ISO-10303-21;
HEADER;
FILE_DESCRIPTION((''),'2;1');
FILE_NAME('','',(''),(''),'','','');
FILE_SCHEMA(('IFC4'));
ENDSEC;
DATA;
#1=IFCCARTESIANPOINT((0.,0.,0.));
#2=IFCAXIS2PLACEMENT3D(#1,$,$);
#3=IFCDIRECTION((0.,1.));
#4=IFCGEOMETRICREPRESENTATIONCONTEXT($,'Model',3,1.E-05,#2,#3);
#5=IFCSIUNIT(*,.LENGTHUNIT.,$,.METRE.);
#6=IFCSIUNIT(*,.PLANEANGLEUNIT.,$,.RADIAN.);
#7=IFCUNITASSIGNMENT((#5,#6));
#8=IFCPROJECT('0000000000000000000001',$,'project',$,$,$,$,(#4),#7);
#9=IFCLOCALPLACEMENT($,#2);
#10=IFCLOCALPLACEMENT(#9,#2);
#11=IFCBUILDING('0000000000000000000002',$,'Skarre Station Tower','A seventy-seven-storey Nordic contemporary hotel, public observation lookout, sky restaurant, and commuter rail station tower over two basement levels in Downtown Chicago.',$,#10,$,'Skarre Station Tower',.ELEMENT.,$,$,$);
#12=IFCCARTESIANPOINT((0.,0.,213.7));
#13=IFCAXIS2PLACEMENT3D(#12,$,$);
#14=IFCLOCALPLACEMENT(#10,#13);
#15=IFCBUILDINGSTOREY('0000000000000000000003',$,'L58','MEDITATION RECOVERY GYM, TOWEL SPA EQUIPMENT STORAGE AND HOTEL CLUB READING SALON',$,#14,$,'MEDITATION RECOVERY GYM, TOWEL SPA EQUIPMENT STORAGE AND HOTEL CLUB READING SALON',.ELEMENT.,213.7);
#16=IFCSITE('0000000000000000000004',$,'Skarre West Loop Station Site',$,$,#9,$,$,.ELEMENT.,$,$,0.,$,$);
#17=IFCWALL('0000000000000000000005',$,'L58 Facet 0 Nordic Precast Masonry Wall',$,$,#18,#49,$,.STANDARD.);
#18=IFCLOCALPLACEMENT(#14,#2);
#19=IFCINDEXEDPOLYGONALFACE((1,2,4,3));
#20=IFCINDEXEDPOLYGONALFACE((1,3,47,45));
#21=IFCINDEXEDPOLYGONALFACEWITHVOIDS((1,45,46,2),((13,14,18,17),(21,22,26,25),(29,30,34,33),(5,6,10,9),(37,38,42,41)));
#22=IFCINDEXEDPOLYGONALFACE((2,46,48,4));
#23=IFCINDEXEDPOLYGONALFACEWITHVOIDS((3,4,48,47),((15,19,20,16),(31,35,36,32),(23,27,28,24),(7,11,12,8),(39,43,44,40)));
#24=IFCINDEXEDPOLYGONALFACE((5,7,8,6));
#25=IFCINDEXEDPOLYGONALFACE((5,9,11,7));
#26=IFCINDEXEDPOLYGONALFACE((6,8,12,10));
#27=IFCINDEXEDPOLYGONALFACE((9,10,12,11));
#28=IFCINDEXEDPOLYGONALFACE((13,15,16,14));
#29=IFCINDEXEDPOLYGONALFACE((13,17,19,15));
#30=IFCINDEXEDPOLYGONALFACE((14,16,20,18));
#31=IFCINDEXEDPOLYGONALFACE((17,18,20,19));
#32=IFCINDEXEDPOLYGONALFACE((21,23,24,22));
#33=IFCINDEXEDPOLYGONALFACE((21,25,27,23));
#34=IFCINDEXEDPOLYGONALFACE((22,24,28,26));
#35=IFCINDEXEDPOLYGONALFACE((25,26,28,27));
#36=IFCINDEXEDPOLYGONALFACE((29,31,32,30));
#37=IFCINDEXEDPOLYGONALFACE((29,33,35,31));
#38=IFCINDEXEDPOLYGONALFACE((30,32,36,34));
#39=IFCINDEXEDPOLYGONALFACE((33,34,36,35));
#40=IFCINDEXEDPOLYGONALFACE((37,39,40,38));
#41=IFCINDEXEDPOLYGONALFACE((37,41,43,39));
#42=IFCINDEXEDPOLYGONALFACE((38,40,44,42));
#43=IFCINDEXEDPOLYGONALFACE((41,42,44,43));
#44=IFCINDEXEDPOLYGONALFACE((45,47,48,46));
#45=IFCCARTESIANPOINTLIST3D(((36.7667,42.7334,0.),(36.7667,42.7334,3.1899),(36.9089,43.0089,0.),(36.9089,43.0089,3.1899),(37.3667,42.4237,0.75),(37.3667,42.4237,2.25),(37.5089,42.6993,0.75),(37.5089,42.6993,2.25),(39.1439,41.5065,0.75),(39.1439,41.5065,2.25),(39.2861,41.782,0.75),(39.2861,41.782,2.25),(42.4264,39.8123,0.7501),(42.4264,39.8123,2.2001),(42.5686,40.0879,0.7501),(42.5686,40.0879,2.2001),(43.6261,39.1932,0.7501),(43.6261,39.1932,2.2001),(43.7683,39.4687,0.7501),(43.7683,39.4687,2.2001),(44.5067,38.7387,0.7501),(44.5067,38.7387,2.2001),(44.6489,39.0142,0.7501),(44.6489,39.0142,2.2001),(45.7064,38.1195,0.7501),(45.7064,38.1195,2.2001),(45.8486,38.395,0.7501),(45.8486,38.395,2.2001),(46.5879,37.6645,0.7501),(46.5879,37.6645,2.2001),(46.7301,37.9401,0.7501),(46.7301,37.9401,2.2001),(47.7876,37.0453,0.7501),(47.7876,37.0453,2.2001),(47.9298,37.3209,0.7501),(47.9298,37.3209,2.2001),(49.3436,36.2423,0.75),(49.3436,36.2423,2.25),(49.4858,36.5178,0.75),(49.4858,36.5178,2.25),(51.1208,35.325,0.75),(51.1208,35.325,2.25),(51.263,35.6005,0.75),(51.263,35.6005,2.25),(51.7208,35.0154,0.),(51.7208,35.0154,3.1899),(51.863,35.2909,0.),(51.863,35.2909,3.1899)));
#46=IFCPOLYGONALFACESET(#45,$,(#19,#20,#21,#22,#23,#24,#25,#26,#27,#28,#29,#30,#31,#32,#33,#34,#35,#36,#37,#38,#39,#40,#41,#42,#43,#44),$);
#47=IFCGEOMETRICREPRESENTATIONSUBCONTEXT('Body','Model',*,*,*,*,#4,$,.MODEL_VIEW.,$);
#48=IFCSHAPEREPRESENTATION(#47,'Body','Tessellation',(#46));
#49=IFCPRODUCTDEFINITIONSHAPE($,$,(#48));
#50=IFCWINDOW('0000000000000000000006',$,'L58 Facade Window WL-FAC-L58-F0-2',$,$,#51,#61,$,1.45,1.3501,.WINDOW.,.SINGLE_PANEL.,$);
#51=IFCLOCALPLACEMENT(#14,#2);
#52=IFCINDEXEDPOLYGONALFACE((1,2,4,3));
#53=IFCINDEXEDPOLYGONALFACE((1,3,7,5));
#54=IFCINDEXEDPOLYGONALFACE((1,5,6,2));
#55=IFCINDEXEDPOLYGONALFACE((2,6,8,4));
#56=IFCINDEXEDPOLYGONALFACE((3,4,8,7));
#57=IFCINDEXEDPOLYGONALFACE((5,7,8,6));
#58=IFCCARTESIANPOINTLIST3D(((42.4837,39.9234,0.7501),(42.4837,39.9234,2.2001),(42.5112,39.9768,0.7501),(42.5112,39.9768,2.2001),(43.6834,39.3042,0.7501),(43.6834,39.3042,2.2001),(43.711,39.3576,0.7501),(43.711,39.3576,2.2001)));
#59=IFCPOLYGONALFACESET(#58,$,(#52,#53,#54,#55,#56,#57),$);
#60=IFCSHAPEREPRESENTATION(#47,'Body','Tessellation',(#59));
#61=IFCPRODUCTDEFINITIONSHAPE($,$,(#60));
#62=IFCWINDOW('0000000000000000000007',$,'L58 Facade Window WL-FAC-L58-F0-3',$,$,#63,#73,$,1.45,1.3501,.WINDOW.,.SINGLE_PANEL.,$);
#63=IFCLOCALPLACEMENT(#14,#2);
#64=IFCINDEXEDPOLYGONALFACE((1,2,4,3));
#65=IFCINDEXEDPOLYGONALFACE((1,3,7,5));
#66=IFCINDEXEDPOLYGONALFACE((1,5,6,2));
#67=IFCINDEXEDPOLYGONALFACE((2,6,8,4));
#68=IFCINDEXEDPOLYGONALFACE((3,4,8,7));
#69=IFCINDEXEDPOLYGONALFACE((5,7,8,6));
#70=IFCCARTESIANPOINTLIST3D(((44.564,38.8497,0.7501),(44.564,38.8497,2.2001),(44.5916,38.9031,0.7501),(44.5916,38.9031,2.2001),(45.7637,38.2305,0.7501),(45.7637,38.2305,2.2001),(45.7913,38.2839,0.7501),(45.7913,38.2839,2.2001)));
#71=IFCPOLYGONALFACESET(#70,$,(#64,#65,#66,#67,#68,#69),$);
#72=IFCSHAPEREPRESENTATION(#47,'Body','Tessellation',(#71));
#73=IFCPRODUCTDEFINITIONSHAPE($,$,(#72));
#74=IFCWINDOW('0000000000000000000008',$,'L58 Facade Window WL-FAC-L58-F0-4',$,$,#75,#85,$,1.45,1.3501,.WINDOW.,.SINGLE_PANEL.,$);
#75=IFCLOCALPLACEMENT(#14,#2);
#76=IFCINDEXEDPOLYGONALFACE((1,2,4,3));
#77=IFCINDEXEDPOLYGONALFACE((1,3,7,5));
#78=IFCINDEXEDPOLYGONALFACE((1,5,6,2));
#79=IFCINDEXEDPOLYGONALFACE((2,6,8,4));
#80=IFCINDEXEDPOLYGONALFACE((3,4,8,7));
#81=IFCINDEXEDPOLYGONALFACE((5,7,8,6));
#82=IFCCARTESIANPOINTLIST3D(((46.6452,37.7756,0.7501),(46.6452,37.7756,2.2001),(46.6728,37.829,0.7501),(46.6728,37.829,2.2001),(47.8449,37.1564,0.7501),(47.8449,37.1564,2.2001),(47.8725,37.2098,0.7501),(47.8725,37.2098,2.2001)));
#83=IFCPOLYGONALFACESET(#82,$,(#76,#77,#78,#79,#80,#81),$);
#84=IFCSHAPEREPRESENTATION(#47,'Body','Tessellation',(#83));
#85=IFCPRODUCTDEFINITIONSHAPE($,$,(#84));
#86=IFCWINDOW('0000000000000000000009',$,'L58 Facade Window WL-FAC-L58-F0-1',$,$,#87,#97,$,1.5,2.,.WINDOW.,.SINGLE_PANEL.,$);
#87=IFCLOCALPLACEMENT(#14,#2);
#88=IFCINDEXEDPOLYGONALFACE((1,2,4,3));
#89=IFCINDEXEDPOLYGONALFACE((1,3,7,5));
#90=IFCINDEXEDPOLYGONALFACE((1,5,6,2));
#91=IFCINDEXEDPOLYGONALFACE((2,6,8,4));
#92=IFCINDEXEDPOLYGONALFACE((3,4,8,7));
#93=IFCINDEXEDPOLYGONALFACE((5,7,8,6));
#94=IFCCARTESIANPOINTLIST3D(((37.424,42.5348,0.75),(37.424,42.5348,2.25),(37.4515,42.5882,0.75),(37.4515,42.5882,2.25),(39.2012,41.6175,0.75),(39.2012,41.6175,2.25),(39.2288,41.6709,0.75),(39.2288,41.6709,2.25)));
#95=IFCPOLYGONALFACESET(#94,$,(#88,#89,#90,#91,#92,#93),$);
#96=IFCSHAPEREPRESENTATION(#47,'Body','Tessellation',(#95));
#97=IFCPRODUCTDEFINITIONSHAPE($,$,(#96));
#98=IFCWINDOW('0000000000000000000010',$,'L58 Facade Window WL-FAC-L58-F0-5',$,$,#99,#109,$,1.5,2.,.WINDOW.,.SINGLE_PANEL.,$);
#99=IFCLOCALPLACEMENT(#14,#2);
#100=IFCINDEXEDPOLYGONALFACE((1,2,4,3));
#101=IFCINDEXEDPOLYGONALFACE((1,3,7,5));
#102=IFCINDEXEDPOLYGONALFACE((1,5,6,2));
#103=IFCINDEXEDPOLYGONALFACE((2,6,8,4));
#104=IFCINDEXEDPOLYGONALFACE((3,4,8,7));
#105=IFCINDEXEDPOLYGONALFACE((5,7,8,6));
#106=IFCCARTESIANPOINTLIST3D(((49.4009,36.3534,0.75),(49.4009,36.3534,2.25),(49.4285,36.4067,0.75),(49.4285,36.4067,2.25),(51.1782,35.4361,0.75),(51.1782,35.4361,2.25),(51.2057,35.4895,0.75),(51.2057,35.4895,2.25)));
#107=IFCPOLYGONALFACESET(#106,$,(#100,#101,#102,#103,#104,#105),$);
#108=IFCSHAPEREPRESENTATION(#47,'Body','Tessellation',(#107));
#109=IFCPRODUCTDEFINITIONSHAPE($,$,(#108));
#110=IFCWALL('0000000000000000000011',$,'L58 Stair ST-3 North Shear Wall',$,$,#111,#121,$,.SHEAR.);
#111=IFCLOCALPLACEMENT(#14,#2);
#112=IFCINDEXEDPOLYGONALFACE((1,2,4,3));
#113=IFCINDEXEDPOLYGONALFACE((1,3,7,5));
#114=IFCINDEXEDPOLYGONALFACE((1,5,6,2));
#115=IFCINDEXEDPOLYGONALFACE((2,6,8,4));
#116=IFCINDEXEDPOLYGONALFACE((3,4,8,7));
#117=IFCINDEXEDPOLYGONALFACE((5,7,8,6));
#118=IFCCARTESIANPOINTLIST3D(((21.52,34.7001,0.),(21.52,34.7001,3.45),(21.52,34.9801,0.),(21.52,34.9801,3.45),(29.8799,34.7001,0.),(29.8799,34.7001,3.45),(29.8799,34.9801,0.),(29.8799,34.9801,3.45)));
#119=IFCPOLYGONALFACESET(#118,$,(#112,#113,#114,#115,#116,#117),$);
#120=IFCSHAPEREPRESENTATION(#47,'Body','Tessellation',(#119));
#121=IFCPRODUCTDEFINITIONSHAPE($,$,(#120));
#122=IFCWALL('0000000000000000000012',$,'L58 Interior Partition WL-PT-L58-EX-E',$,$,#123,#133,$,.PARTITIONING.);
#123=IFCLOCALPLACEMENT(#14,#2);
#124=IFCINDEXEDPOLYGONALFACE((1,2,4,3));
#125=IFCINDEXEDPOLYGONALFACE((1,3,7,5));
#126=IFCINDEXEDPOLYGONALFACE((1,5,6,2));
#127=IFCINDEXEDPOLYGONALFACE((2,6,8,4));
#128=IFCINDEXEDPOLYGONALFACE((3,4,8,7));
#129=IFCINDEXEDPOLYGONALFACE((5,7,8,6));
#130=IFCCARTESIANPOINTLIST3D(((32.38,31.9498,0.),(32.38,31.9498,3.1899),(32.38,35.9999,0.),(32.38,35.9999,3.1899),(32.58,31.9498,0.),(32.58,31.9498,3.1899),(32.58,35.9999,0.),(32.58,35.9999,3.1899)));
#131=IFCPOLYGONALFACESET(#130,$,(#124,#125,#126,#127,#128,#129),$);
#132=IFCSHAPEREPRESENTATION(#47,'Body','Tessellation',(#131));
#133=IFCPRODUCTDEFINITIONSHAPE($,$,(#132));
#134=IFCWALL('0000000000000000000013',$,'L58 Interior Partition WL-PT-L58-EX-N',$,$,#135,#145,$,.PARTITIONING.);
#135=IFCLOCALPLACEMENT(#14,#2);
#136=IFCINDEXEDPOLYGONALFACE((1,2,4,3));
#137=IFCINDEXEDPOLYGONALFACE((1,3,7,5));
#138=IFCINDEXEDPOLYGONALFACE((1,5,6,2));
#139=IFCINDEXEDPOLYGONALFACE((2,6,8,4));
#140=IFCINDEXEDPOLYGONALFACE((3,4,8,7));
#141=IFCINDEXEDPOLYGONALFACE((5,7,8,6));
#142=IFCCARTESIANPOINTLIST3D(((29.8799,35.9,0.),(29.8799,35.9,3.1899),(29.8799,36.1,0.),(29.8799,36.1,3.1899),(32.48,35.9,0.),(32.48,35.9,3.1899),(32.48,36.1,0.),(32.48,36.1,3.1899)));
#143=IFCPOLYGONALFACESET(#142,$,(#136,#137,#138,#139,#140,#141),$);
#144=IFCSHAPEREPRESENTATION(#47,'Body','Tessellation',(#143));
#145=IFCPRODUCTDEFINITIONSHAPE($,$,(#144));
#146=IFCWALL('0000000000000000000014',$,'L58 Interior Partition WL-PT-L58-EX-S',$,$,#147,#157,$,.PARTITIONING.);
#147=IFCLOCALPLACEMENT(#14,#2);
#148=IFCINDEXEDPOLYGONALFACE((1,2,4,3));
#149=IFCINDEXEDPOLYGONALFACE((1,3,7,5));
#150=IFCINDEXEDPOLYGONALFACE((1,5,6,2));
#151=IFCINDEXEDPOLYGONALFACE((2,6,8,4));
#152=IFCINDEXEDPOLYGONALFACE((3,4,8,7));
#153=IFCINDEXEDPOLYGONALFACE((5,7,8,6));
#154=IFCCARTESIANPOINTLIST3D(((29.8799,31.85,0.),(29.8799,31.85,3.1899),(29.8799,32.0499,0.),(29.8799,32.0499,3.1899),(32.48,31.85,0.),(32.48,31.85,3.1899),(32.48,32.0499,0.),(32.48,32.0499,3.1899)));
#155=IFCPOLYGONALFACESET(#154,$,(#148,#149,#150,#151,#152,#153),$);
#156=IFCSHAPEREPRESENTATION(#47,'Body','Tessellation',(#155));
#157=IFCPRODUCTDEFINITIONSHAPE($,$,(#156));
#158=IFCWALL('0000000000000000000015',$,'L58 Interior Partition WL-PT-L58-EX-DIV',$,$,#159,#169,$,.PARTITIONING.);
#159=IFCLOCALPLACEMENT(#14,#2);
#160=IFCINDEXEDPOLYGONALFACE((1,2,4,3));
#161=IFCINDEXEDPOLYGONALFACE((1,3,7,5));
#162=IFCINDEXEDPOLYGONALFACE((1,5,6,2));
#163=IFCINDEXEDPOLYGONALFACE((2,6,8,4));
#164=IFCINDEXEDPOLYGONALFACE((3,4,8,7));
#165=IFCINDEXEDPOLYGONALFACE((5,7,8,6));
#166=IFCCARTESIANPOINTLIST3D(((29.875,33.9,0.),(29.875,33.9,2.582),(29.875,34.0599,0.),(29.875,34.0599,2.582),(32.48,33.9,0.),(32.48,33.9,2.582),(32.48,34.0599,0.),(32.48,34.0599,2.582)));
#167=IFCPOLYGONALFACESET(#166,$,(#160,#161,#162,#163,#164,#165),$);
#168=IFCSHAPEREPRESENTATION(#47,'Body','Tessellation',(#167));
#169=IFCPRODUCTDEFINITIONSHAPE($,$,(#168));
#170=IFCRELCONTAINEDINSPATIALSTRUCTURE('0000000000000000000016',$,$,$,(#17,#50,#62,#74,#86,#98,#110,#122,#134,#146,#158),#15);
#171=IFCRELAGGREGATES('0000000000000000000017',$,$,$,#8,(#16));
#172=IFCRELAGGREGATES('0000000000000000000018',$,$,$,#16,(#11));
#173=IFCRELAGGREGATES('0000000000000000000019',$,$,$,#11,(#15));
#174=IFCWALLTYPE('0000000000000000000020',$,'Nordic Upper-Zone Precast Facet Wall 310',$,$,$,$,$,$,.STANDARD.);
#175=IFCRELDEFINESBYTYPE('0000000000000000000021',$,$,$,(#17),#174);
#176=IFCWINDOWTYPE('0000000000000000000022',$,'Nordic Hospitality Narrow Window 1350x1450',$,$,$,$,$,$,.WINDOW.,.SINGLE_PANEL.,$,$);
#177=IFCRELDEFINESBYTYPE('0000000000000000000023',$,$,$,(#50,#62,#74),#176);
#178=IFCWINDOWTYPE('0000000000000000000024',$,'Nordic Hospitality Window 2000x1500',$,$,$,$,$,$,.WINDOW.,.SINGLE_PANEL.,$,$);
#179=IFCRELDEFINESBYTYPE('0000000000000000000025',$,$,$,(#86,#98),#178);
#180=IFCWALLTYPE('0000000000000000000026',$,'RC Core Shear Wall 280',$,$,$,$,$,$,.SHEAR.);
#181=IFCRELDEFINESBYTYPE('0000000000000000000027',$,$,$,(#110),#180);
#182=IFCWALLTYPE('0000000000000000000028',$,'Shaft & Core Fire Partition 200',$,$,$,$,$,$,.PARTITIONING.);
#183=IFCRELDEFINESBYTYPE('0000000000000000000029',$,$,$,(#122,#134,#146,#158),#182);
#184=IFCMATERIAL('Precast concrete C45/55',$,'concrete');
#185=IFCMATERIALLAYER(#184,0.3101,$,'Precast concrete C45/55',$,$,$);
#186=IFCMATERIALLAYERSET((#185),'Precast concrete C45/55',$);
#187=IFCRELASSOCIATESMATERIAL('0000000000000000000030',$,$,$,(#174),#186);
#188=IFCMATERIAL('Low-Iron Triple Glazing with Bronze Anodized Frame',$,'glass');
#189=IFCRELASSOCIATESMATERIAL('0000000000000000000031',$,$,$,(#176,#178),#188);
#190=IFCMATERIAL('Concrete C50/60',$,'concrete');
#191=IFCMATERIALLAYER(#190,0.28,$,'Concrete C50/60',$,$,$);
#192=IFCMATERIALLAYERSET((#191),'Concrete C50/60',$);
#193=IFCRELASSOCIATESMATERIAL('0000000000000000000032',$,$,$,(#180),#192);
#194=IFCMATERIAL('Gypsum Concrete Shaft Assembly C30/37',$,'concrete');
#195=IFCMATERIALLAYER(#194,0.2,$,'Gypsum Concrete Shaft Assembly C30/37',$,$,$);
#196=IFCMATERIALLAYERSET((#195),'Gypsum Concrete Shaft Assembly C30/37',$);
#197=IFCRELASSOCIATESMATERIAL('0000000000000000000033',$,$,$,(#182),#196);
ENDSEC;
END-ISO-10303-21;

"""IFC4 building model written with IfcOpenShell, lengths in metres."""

from ifc_helpers import new_model, si_unit, direction, frame, frame_2d, origin, place, context, subcontext, project, spatial, rectangle, extrude, material, layer, layer_set, type_object, element, fill, save


model = new_model("IFC4")

# Units and contexts
model_context = context("Model", 3, precision=1e-05, world=origin(), true_north=direction((0.0, 1.0)))
body_context = subcontext(model_context, "Body", "Model", "MODEL_VIEW")
ifc_project = project(units=[si_unit("LENGTHUNIT", "METRE"), si_unit("PLANEANGLEUNIT", "RADIAN")], contexts=[model_context])

# Site, building, storey
site_placement = place(None, origin())
site = spatial("IfcSite", under=ifc_project, at=site_placement, Name="Skarre West Loop Station Site", CompositionType="ELEMENT", RefElevation=0.0)
building_placement = place(site_placement, origin())
building = spatial("IfcBuilding", under=site, at=building_placement, Name="Skarre Station Tower", Description="A seventy-seven-storey Nordic contemporary hotel, public observation lookout, sky restaurant, and commuter rail station tower over two basement levels in Downtown Chicago.", LongName="Skarre Station Tower", CompositionType="ELEMENT")
storey_placement = place(building_placement, frame((0.0, 0.0, 213.7)))
storey = spatial("IfcBuildingStorey", under=building, at=storey_placement, Name="L58", Description="MEDITATION RECOVERY GYM, TOWEL SPA EQUIPMENT STORAGE AND HOTEL CLUB READING SALON", LongName="MEDITATION RECOVERY GYM, TOWEL SPA EQUIPMENT STORAGE AND HOTEL CLUB READING SALON", CompositionType="ELEMENT", Elevation=213.7)

# Shared definitions
ifc_material_1 = material(Name="Concrete C50/60", Category="concrete")

# Shared definitions
ifc_material_2 = material(Name="Precast concrete C45/55", Category="concrete")

# Shared definitions
ifc_material_3 = material(Name="Low-Iron Triple Glazing with Bronze Anodized Frame", Category="glass")

# Wall, openings, windows
ifc_layer_1 = layer(ifc_material_2, 0.3101, Name="Precast concrete C45/55")
ifc_layer_set_1 = layer_set([ifc_layer_1], Name="Precast concrete C45/55")
wall_type_1 = type_object("IfcWallType", Name="Nordic Upper-Zone Precast Facet Wall 310", PredefinedType="STANDARD", material=ifc_layer_set_1)
wall_1_placement = place(storey_placement, frame((36.8379, 42.8711, 0.0), z_axis=(0.0, 0.0, 1.0), x_axis=(0.888626, -0.458632, 0.0)))
wall_1 = element("IfcWall", 1, at=wall_1_placement, inside=storey, type_object=wall_type_1, Name="L58 Facet 0 Nordic Precast Masonry Wall", PredefinedType="STANDARD", context=body_context, shape_type="SweptSolid", body=[
    extrude(rectangle(XDim=16.8284, YDim=0.3101, at=frame_2d((8.4141, 0.0))), origin(), (0.0, 0.0, 1.0), 3.1899),
])
opening_1_placement = place(wall_1_placement, frame((0.675, 0.0, 0.75)))
opening_1 = element("IfcOpeningElement", 2, at=opening_1_placement, cuts=wall_1, PredefinedType="OPENING", context=body_context, shape_type="SweptSolid", body=[
    extrude(rectangle(XDim=2.0, YDim=1.5, at=frame_2d((1.0, 0.75))), frame((0.0, 0.165, 0.0), z_axis=(0.0, -1.0, 0.0), x_axis=(1.0, 0.0, 0.0)), (0.0, 0.0, 1.0), 0.3301),
])
opening_2_placement = place(wall_1_placement, frame((6.3689, 0.0, 0.75)))
opening_2 = element("IfcOpeningElement", 3, at=opening_2_placement, cuts=wall_1, PredefinedType="OPENING", context=body_context, shape_type="SweptSolid", body=[
    extrude(rectangle(XDim=1.3501, YDim=1.45, at=frame_2d((0.675, 0.7251))), frame((0.0, 0.165, 0.0), z_axis=(0.0, -1.0, 0.0), x_axis=(1.0, 0.0, 0.0)), (0.0, 0.0, 1.0), 0.3301),
])
opening_3_placement = place(wall_1_placement, frame((8.71, 0.0, 0.75)))
opening_3 = element("IfcOpeningElement", 4, at=opening_3_placement, cuts=wall_1, PredefinedType="OPENING", context=body_context, shape_type="SweptSolid", body=[
    extrude(rectangle(XDim=1.3501, YDim=1.45, at=frame_2d((0.675, 0.7251))), frame((0.0, 0.165, 0.0), z_axis=(0.0, -1.0, 0.0), x_axis=(1.0, 0.0, 0.0)), (0.0, 0.0, 1.0), 0.3301),
])
opening_4_placement = place(wall_1_placement, frame((11.052, 0.0, 0.75)))
opening_4 = element("IfcOpeningElement", 5, at=opening_4_placement, cuts=wall_1, PredefinedType="OPENING", context=body_context, shape_type="SweptSolid", body=[
    extrude(rectangle(XDim=1.3501, YDim=1.45, at=frame_2d((0.675, 0.7251))), frame((0.0, 0.165, 0.0), z_axis=(0.0, -1.0, 0.0), x_axis=(1.0, 0.0, 0.0)), (0.0, 0.0, 1.0), 0.3301),
])
opening_5_placement = place(wall_1_placement, frame((14.1531, 0.0, 0.75)))
opening_5 = element("IfcOpeningElement", 6, at=opening_5_placement, cuts=wall_1, PredefinedType="OPENING", context=body_context, shape_type="SweptSolid", body=[
    extrude(rectangle(XDim=2.0, YDim=1.5, at=frame_2d((1.0, 0.75))), frame((0.0, 0.165, 0.0), z_axis=(0.0, -1.0, 0.0), x_axis=(1.0, 0.0, 0.0)), (0.0, 0.0, 1.0), 0.3301),
])
window_type_1 = type_object("IfcWindowType", Name="Nordic Hospitality Narrow Window 1350x1450", PartitioningType="SINGLE_PANEL", PredefinedType="WINDOW", material=ifc_material_3)
window_1_placement = place(opening_2_placement, origin())
window_1 = element("IfcWindow", 7, at=window_1_placement, inside=storey, type_object=window_type_1, Name="L58 Facade Window WL-FAC-L58-F0-2", OverallHeight=1.45, OverallWidth=1.3501, PartitioningType="SINGLE_PANEL", PredefinedType="WINDOW", context=body_context, shape_type="SweptSolid", body=[
    extrude(rectangle(XDim=1.3501, YDim=1.45, at=frame_2d((0.675, 0.7251))), frame((0.0, 0.03, 0.0), z_axis=(0.0, -1.0, 0.0), x_axis=(1.0, 0.0, 0.0)), (0.0, 0.0, 1.0), 0.0601),
])
fill(opening_2, window_1)
window_2_placement = place(opening_3_placement, origin())
window_2 = element("IfcWindow", 8, at=window_2_placement, inside=storey, type_object=window_type_1, Name="L58 Facade Window WL-FAC-L58-F0-3", OverallHeight=1.45, OverallWidth=1.3501, PartitioningType="SINGLE_PANEL", PredefinedType="WINDOW", context=body_context, shape_type="SweptSolid", body=[
    extrude(rectangle(XDim=1.3501, YDim=1.45, at=frame_2d((0.675, 0.7251))), frame((0.0, 0.03, 0.0), z_axis=(0.0, -1.0, 0.0), x_axis=(1.0, 0.0, 0.0)), (0.0, 0.0, 1.0), 0.0601),
])
fill(opening_3, window_2)
window_3_placement = place(opening_4_placement, origin())
window_3 = element("IfcWindow", 9, at=window_3_placement, inside=storey, type_object=window_type_1, Name="L58 Facade Window WL-FAC-L58-F0-4", OverallHeight=1.45, OverallWidth=1.3501, PartitioningType="SINGLE_PANEL", PredefinedType="WINDOW", context=body_context, shape_type="SweptSolid", body=[
    extrude(rectangle(XDim=1.3501, YDim=1.45, at=frame_2d((0.675, 0.7251))), frame((0.0, 0.03, 0.0), z_axis=(0.0, -1.0, 0.0), x_axis=(1.0, 0.0, 0.0)), (0.0, 0.0, 1.0), 0.0601),
])
fill(opening_4, window_3)
window_type_2 = type_object("IfcWindowType", Name="Nordic Hospitality Window 2000x1500", PartitioningType="SINGLE_PANEL", PredefinedType="WINDOW", material=ifc_material_3)
window_4_placement = place(opening_1_placement, origin())
window_4 = element("IfcWindow", 10, at=window_4_placement, inside=storey, type_object=window_type_2, Name="L58 Facade Window WL-FAC-L58-F0-1", OverallHeight=1.5, OverallWidth=2.0, PartitioningType="SINGLE_PANEL", PredefinedType="WINDOW", context=body_context, shape_type="SweptSolid", body=[
    extrude(rectangle(XDim=2.0, YDim=1.5, at=frame_2d((1.0, 0.75))), frame((0.0, 0.03, 0.0), z_axis=(0.0, -1.0, 0.0), x_axis=(1.0, 0.0, 0.0)), (0.0, 0.0, 1.0), 0.0601),
])
fill(opening_1, window_4)
window_5_placement = place(opening_5_placement, origin())
window_5 = element("IfcWindow", 11, at=window_5_placement, inside=storey, type_object=window_type_2, Name="L58 Facade Window WL-FAC-L58-F0-5", OverallHeight=1.5, OverallWidth=2.0, PartitioningType="SINGLE_PANEL", PredefinedType="WINDOW", context=body_context, shape_type="SweptSolid", body=[
    extrude(rectangle(XDim=2.0, YDim=1.5, at=frame_2d((1.0, 0.75))), frame((0.0, 0.03, 0.0), z_axis=(0.0, -1.0, 0.0), x_axis=(1.0, 0.0, 0.0)), (0.0, 0.0, 1.0), 0.0601),
])
fill(opening_5, window_5)

# Walls
ifc_layer_2 = layer(ifc_material_1, 0.28, Name="Concrete C50/60")
ifc_layer_set_2 = layer_set([ifc_layer_2], Name="Concrete C50/60")
wall_type_2 = type_object("IfcWallType", Name="RC Core Shear Wall 280", PredefinedType="SHEAR", material=ifc_layer_set_2)
wall_2_placement = place(storey_placement, frame((29.8799, 34.8401, 0.0), z_axis=(0.0, 0.0, 1.0), x_axis=(-1.0, 0.0, 0.0)))
element("IfcWall", 12, at=wall_2_placement, inside=storey, type_object=wall_type_2, Name="L58 Stair ST-3 North Shear Wall", PredefinedType="SHEAR", context=body_context, shape_type="SweptSolid", body=[
    extrude(rectangle(XDim=8.3599, YDim=0.28, at=frame_2d((4.1799, 0.0))), origin(), (0.0, 0.0, 1.0), 3.45),
])
ifc_material_4 = material(Name="Gypsum Concrete Shaft Assembly C30/37", Category="concrete")
ifc_layer_3 = layer(ifc_material_4, 0.2, Name="Gypsum Concrete Shaft Assembly C30/37")
ifc_layer_set_3 = layer_set([ifc_layer_3], Name="Gypsum Concrete Shaft Assembly C30/37")
wall_type_3 = type_object("IfcWallType", Name="Shaft & Core Fire Partition 200", PredefinedType="PARTITIONING", material=ifc_layer_set_3)
wall_3_placement = place(storey_placement, frame((32.48, 31.95, 0.0), z_axis=(0.0, 0.0, 1.0), x_axis=(0.0, 1.0, 0.0)))
element("IfcWall", 13, at=wall_3_placement, inside=storey, type_object=wall_type_3, Name="L58 Interior Partition WL-PT-L58-EX-E", PredefinedType="PARTITIONING", context=body_context, shape_type="SweptSolid", body=[
    extrude(rectangle(XDim=4.05, YDim=0.2, at=frame_2d((2.0249, 0.0))), origin(), (0.0, 0.0, 1.0), 3.1899),
])
for number, where, z_axis, x_axis, name in (
    (14, (29.8799, 36.0, 0.0), (0.0, 0.0, 1.0), (1.0, 0.0, 0.0), "L58 Interior Partition WL-PT-L58-EX-N"),
    (15, (32.48, 31.95, 0.0), (0.0, 0.0, 1.0), (-1.0, 0.0, 0.0), "L58 Interior Partition WL-PT-L58-EX-S"),
):
    element("IfcWall", number, at=place(storey_placement, frame(where, z_axis=z_axis, x_axis=x_axis)), inside=storey, type_object=wall_type_3, Name=name, PredefinedType="PARTITIONING", context=body_context, shape_type="SweptSolid", body=[
        extrude(rectangle(XDim=2.6001, YDim=0.2, at=frame_2d((1.3, 0.0))), origin(), (0.0, 0.0, 1.0), 3.1899),
    ])
wall_4_placement = place(storey_placement, frame((29.875, 33.98, 0.0), z_axis=(0.0, 0.0, 1.0), x_axis=(1.0, 0.0, 0.0)))
element("IfcWall", 16, at=wall_4_placement, inside=storey, type_object=wall_type_3, Name="L58 Interior Partition WL-PT-L58-EX-DIV", PredefinedType="PARTITIONING", context=body_context, shape_type="SweptSolid", body=[
    extrude(rectangle(XDim=2.605, YDim=0.1599, at=frame_2d((1.3025, 0.0))), origin(), (0.0, 0.0, 1.0), 2.582),
])

save(model, "model.ifc")
